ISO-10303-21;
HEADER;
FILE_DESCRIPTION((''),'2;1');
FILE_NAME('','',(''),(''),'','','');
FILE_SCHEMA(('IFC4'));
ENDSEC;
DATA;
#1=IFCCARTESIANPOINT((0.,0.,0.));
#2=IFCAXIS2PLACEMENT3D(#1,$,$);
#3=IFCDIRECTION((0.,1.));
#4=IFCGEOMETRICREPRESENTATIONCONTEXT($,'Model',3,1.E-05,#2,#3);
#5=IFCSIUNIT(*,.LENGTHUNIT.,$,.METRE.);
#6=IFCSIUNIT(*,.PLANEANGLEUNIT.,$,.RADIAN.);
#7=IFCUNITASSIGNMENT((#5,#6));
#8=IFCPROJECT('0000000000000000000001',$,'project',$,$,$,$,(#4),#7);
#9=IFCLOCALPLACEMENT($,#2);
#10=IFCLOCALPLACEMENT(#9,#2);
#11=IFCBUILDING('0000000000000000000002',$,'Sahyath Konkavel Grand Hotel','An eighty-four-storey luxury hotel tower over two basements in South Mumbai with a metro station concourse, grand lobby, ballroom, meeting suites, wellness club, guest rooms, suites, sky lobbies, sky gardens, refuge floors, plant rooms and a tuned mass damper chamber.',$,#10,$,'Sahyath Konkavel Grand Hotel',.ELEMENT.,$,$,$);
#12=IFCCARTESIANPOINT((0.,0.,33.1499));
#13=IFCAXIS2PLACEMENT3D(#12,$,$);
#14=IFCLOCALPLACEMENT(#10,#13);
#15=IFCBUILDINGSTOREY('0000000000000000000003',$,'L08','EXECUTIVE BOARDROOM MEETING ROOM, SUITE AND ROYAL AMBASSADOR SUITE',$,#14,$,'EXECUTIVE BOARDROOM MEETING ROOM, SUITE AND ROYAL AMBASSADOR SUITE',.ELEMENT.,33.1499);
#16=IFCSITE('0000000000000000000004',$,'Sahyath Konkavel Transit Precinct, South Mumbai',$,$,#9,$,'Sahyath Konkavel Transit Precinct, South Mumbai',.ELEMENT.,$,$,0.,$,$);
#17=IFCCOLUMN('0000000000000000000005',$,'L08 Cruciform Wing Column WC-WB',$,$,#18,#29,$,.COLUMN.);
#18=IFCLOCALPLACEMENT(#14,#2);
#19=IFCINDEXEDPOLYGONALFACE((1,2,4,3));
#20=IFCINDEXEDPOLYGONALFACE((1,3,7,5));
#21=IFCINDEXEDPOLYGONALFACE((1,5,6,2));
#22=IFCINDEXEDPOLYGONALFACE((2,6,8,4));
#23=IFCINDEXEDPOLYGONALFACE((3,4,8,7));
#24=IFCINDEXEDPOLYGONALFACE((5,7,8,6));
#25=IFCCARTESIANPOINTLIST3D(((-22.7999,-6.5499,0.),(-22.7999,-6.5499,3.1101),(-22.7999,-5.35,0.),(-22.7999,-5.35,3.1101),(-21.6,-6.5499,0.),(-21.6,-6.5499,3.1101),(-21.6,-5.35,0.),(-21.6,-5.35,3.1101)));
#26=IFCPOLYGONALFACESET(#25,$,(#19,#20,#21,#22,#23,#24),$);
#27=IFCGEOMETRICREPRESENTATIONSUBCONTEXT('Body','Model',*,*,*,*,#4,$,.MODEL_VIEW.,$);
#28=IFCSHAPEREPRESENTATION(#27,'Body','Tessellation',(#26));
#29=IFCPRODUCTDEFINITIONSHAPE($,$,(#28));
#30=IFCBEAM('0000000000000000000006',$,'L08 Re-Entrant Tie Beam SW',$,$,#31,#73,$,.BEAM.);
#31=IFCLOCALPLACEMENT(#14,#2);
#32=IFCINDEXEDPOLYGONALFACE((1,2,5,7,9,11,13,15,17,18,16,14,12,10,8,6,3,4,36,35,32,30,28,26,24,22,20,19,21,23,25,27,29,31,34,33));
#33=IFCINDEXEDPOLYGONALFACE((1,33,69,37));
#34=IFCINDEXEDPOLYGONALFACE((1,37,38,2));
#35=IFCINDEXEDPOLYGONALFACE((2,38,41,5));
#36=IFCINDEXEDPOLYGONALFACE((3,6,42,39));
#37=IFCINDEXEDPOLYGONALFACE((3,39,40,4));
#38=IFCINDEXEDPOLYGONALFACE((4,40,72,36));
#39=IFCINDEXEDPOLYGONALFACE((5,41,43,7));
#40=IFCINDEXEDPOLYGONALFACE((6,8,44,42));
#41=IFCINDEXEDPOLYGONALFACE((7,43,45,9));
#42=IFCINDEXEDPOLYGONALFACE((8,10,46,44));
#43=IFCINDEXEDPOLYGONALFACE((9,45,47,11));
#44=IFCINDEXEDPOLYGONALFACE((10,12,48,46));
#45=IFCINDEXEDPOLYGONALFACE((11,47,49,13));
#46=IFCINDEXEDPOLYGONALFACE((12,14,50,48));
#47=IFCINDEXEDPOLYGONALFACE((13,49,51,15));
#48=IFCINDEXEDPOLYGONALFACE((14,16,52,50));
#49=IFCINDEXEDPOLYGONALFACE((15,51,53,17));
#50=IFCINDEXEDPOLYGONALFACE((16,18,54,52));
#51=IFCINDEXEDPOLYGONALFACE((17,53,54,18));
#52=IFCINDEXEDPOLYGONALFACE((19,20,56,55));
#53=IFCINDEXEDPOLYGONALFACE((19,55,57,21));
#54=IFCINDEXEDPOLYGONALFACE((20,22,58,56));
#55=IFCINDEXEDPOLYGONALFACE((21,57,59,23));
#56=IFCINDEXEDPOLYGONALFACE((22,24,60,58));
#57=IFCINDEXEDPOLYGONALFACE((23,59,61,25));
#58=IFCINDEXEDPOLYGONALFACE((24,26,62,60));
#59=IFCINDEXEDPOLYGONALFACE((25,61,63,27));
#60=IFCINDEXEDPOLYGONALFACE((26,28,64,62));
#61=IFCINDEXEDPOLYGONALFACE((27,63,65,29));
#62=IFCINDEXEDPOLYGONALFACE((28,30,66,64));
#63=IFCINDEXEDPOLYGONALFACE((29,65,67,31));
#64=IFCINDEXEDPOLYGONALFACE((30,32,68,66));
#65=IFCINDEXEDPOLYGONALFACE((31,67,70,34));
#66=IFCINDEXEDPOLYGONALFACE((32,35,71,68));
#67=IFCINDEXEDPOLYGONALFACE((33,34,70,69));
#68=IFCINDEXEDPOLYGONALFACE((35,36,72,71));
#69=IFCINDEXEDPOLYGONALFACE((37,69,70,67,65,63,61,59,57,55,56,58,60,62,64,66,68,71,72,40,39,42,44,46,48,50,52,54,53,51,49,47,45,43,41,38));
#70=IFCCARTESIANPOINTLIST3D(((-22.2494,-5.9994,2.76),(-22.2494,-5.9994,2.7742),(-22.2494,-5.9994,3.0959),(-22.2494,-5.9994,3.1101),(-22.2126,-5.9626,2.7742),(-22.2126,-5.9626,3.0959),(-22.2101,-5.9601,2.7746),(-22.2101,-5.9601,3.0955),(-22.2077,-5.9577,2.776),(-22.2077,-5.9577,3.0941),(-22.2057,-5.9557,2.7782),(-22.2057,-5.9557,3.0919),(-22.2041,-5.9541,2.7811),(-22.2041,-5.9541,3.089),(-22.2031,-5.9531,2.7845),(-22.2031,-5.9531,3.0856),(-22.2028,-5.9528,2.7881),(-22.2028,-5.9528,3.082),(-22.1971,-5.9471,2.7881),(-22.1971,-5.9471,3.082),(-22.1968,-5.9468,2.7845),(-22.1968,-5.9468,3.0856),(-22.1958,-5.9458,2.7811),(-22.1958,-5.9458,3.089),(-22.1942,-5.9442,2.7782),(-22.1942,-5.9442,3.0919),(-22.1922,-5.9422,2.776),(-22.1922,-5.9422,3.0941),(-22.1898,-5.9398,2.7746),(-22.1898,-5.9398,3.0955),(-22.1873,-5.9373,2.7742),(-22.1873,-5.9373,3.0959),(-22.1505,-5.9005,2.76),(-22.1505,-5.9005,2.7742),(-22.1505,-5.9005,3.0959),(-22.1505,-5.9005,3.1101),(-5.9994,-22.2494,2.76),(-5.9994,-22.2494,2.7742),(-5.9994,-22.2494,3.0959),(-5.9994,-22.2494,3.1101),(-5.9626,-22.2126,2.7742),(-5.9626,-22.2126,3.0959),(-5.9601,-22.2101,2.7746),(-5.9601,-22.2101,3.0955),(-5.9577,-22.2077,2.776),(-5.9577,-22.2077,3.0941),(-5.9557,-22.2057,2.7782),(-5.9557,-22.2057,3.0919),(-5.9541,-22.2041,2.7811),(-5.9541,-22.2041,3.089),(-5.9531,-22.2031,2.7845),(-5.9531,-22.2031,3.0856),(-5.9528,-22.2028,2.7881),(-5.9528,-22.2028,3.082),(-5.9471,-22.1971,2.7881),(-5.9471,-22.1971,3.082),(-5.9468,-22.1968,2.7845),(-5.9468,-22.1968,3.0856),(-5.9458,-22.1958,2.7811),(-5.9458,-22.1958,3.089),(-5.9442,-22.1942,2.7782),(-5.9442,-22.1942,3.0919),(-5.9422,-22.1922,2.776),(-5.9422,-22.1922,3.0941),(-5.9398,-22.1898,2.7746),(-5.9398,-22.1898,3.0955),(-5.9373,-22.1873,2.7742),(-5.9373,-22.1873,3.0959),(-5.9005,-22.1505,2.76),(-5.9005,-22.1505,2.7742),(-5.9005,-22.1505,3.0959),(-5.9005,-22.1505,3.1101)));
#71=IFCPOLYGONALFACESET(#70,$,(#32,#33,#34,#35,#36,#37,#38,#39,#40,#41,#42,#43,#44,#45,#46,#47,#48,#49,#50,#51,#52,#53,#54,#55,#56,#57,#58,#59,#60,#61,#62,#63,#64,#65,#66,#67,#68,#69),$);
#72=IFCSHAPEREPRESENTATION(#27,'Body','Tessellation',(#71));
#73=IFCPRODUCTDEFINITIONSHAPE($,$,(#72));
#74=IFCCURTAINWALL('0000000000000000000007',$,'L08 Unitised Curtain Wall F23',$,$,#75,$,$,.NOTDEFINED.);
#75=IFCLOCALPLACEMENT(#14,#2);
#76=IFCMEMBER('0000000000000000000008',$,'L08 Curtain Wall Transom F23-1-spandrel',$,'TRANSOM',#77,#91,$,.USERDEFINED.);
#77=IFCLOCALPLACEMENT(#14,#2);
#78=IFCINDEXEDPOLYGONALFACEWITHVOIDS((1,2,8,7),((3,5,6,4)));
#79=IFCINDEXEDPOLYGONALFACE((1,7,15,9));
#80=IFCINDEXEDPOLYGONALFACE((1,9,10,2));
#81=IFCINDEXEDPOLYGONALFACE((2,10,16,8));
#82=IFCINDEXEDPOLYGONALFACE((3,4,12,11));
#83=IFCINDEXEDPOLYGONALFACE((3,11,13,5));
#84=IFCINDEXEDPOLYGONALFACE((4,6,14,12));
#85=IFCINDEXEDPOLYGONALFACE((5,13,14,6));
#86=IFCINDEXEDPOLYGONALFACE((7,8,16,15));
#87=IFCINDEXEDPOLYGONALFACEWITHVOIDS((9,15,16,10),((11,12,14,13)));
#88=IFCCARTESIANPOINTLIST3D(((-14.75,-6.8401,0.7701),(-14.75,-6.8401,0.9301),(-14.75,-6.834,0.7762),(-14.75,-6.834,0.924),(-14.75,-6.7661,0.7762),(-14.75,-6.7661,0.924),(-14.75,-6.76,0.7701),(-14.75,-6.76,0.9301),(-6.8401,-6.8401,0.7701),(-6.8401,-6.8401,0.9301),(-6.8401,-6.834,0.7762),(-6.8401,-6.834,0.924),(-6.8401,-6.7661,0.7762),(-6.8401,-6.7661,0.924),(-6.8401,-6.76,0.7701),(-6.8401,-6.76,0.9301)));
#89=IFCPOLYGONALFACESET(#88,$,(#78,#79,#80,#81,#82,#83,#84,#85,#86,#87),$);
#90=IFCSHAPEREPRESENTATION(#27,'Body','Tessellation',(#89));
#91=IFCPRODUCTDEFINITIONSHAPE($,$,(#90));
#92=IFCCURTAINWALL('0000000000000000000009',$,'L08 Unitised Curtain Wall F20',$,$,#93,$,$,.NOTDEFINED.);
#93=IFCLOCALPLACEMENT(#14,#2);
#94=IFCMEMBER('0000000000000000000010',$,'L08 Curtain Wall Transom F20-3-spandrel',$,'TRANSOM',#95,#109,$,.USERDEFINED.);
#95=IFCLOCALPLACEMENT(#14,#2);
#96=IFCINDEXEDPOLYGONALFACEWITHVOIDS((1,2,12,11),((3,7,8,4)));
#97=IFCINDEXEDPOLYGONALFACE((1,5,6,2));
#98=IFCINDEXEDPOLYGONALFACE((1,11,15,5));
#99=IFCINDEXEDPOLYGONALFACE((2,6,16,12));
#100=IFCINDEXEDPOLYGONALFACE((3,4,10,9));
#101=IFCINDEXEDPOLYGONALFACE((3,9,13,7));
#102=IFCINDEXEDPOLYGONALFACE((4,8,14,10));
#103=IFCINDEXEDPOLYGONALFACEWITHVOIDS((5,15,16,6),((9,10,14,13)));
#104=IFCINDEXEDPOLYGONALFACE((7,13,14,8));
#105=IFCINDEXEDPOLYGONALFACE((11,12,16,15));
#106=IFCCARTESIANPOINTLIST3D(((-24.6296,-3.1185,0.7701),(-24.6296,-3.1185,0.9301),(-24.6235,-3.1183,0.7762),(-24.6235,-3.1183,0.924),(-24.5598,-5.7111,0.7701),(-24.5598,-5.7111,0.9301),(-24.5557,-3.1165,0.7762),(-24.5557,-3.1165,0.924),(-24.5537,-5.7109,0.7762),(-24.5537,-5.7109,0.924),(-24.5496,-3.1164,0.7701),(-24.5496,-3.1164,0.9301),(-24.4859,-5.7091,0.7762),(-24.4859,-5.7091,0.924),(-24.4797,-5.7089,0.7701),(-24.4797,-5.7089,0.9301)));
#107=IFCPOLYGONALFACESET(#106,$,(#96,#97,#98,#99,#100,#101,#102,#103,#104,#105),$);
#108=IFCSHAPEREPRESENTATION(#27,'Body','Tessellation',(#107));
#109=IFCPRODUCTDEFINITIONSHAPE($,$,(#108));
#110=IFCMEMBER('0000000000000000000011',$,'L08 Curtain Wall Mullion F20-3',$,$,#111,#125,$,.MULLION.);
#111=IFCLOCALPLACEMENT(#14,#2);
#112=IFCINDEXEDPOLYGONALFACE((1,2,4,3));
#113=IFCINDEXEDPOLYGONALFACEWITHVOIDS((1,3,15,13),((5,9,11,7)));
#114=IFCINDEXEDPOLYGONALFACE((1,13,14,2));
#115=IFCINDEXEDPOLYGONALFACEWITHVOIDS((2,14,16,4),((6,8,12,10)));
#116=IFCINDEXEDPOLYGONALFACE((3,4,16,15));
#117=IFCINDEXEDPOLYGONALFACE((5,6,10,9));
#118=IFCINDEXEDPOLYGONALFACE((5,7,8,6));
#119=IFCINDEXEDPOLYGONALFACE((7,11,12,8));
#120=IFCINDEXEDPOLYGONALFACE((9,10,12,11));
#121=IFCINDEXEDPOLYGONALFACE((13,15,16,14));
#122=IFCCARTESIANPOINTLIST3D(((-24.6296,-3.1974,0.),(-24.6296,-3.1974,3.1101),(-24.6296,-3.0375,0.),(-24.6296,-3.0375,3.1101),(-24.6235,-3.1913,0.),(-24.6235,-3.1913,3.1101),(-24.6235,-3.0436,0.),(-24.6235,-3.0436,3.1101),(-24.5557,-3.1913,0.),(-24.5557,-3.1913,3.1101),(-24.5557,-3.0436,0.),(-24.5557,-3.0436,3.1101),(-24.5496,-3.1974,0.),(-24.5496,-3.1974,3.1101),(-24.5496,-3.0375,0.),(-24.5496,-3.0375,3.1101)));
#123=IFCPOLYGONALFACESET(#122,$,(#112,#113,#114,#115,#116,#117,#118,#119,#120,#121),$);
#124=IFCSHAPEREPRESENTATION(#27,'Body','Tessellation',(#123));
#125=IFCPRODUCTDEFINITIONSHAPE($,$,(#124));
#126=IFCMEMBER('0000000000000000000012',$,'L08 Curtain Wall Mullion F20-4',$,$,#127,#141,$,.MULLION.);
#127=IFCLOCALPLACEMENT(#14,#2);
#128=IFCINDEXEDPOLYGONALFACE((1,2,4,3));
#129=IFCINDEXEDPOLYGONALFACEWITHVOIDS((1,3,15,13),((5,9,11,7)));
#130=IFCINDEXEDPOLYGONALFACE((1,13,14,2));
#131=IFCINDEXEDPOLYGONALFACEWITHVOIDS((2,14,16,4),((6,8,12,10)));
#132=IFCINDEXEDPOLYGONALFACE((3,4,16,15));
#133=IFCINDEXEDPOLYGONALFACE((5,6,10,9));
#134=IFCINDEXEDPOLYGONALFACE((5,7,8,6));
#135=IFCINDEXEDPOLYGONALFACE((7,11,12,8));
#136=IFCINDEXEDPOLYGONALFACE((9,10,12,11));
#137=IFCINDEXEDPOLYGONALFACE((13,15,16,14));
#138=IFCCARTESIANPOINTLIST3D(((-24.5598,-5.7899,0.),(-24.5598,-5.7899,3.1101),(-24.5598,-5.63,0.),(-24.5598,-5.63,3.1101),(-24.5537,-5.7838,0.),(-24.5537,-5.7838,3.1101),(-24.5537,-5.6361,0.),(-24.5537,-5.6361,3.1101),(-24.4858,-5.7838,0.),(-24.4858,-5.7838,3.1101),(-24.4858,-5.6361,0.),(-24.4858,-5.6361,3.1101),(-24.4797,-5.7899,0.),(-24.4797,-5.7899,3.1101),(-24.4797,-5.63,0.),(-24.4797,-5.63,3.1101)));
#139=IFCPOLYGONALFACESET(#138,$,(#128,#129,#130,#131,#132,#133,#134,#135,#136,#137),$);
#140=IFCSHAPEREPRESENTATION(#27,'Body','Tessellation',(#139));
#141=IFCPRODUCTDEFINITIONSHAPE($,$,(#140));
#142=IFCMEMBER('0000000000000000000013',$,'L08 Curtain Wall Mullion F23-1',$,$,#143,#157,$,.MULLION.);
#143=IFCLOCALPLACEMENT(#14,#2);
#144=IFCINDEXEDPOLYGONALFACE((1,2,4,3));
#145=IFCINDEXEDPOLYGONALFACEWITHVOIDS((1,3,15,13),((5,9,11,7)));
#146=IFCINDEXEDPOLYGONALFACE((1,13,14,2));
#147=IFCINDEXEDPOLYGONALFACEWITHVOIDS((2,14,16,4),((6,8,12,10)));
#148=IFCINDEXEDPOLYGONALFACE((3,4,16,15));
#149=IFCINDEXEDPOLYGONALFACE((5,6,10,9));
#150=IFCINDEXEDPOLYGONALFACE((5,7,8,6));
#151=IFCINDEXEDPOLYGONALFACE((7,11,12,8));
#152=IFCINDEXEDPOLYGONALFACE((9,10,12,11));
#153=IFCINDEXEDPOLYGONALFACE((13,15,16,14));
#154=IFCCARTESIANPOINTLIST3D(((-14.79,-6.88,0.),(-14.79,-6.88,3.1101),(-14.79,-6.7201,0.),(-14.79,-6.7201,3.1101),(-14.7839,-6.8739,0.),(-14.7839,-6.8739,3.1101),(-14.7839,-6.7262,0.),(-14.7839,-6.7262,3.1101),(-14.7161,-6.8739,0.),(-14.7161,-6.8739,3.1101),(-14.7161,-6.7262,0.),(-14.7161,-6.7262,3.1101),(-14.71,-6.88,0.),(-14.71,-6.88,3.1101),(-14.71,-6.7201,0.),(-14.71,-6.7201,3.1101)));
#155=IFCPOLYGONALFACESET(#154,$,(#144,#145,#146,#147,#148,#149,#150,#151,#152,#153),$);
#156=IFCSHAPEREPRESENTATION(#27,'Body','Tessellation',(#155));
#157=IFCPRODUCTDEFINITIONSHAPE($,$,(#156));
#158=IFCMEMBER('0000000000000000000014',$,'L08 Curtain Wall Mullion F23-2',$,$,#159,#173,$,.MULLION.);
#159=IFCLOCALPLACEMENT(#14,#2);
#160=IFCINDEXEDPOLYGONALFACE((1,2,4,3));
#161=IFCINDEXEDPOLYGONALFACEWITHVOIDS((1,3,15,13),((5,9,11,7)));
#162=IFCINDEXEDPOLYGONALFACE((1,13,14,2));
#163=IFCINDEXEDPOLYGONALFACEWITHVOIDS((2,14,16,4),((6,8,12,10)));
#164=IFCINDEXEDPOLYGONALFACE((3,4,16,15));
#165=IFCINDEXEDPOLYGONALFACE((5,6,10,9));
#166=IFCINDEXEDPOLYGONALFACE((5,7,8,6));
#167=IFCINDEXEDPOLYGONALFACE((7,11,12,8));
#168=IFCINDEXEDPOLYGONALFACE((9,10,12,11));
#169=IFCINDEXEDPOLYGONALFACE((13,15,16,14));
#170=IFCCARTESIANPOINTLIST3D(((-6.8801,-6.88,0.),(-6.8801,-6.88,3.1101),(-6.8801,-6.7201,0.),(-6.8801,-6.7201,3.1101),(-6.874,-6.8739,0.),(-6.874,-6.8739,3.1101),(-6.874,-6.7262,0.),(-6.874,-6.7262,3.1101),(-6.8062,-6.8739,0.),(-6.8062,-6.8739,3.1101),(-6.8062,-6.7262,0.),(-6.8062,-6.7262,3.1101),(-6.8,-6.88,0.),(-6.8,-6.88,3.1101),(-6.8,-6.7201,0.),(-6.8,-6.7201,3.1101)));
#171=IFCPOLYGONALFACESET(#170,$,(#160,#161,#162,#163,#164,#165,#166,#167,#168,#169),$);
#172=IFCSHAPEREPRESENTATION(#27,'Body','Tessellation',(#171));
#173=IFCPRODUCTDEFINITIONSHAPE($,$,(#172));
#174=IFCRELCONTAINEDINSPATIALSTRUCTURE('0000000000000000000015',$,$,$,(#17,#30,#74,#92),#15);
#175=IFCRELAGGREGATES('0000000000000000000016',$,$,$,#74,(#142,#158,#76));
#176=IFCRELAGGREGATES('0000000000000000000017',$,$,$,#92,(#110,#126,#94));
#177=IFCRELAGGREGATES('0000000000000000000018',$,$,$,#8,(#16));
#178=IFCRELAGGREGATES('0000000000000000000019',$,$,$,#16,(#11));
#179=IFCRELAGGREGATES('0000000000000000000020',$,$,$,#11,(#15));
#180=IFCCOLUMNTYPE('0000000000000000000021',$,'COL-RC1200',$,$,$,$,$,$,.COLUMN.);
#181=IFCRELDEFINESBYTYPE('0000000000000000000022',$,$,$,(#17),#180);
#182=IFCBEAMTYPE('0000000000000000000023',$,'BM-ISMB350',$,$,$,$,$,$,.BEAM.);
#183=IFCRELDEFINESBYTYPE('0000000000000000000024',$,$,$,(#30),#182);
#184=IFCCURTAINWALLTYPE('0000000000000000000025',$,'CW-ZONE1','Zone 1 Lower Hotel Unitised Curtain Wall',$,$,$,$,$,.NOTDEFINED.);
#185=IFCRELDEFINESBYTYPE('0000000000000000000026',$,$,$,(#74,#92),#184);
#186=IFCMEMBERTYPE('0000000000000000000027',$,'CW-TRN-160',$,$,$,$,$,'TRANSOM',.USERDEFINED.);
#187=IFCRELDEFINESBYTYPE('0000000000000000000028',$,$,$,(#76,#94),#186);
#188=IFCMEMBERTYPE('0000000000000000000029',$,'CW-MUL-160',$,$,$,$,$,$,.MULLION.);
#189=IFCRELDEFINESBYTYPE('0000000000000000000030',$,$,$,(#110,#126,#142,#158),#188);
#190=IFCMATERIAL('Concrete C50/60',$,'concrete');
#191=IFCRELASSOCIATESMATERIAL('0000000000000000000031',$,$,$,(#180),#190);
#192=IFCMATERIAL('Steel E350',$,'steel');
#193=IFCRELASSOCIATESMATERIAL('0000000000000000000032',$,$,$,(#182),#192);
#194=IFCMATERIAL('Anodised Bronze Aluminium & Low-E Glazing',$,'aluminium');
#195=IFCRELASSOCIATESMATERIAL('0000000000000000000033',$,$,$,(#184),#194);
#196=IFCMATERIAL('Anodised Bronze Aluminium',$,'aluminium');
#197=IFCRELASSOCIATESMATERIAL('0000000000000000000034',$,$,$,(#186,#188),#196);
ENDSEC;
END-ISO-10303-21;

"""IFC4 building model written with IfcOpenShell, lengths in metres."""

from ifc_helpers import new_model, si_unit, direction, frame, origin, origin_2d, place, context, subcontext, project, spatial, rectangle, hollow_rectangle, i_section, extrude, source, transform, mapped, material, material_profile, profile_set, type_object, element, aggregate, save


model = new_model("IFC4")

# Units and contexts
model_context = context("Model", 3, precision=1e-05, world=origin(), true_north=direction((0.0, 1.0)))
body_context = subcontext(model_context, "Body", "Model", "MODEL_VIEW")
ifc_project = project(units=[si_unit("LENGTHUNIT", "METRE"), si_unit("PLANEANGLEUNIT", "RADIAN")], contexts=[model_context])

# Site, building, storey
site_placement = place(None, origin())
site = spatial("IfcSite", under=ifc_project, at=site_placement, Name="Sahyath Konkavel Transit Precinct, South Mumbai", LongName="Sahyath Konkavel Transit Precinct, South Mumbai", CompositionType="ELEMENT", RefElevation=0.0)
building_placement = place(site_placement, origin())
building = spatial("IfcBuilding", under=site, at=building_placement, Name="Sahyath Konkavel Grand Hotel", Description="An eighty-four-storey luxury hotel tower over two basements in South Mumbai with a metro station concourse, grand lobby, ballroom, meeting suites, wellness club, guest rooms, suites, sky lobbies, sky gardens, refuge floors, plant rooms and a tuned mass damper chamber.", LongName="Sahyath Konkavel Grand Hotel", CompositionType="ELEMENT")
storey_placement = place(building_placement, frame((0.0, 0.0, 33.1499)))
storey = spatial("IfcBuildingStorey", under=building, at=storey_placement, Name="L08", Description="EXECUTIVE BOARDROOM MEETING ROOM, SUITE AND ROYAL AMBASSADOR SUITE", LongName="EXECUTIVE BOARDROOM MEETING ROOM, SUITE AND ROYAL AMBASSADOR SUITE", CompositionType="ELEMENT", Elevation=33.1499)

# Column
ifc_material_1 = material(Name="Concrete C50/60", Category="concrete")
ifc_material_profile_1 = material_profile(ifc_material_1, rectangle(XDim=1.2, YDim=1.2, at=origin_2d()), Name="RC 1200x1200")
ifc_profile_set_1 = profile_set([ifc_material_profile_1], Name="Concrete C50/60")
column_type = type_object("IfcColumnType", Name="COL-RC1200", PredefinedType="COLUMN", material=ifc_profile_set_1)
shared_shape_1 = source(origin(), body_context, "Body", "SweptSolid", [
    extrude(rectangle(XDim=1.2, YDim=1.2, at=origin_2d()), origin(), (0.0, 0.0, 1.0), 3.1101),
])
column_placement = place(storey_placement, frame((-22.2, -5.95, 0.0), z_axis=(0.0, 0.0, 1.0), x_axis=(1.0, 0.0, 0.0)))
element("IfcColumn", 1, at=column_placement, inside=storey, type_object=column_type, Name="L08 Cruciform Wing Column WC-WB", PredefinedType="COLUMN", context=body_context, shape_type="MappedRepresentation", body=[
    mapped(shared_shape_1, transform((0.0, 0.0, 0.0), scale=1.0)),
])

# Beam
ifc_material_2 = material(Name="Steel E350", Category="steel")
ifc_material_profile_2 = material_profile(ifc_material_2, i_section(OverallWidth=0.1399, OverallDepth=0.3501, WebThickness=0.0081, FlangeThickness=0.0142, FilletRadius=0.0139, at=origin_2d()), Name="ISMB 350")
ifc_profile_set_2 = profile_set([ifc_material_profile_2], Name="Steel E350")
beam_type_1 = type_object("IfcBeamType", Name="BM-ISMB350", PredefinedType="BEAM", material=ifc_profile_set_2)
shared_shape_2 = source(origin(), body_context, "Body", "SweptSolid", [
    extrude(i_section(OverallWidth=0.1399, OverallDepth=0.3501, WebThickness=0.0081, FlangeThickness=0.0142, FilletRadius=0.0139, at=origin_2d()), origin(), (0.0, 0.0, 1.0), 22.981),
])
beam_1_placement = place(storey_placement, frame((-22.2, -5.95, 2.9351), z_axis=(0.707107, -0.707107, 0.0), x_axis=(0.707107, 0.707107, 0.0)))
element("IfcBeam", 2, at=beam_1_placement, inside=storey, type_object=beam_type_1, Name="L08 Re-Entrant Tie Beam SW", PredefinedType="BEAM", context=body_context, shape_type="MappedRepresentation", body=[
    mapped(shared_shape_2, transform((0.0, 0.0, 0.0), scale=1.0)),
])

# Curtain wall, member
ifc_material_3 = material(Name="Anodised Bronze Aluminium & Low-E Glazing", Category="aluminium")
curtain_wall_type = type_object("IfcCurtainWallType", Name="CW-ZONE1", Description="Zone 1 Lower Hotel Unitised Curtain Wall", PredefinedType="NOTDEFINED", material=ifc_material_3)
curtain_wall_1_placement = place(storey_placement, origin())
curtain_wall_1 = element("IfcCurtainWall", 3, at=curtain_wall_1_placement, inside=storey, type_object=curtain_wall_type, Name="L08 Unitised Curtain Wall F23", PredefinedType="NOTDEFINED")
ifc_material_4 = material(Name="Anodised Bronze Aluminium", Category="aluminium")
ifc_material_profile_3 = material_profile(ifc_material_4, hollow_rectangle(XDim=0.0801, YDim=0.1599, WallThickness=0.0061, at=origin_2d()), Name="RHS 160x80x6")
ifc_profile_set_3 = profile_set([ifc_material_profile_3], Name="Anodised Bronze Aluminium")
member_type_1 = type_object("IfcMemberType", Name="CW-TRN-160", ElementType="TRANSOM", PredefinedType="USERDEFINED", material=ifc_profile_set_3)
shared_shape_3 = source(origin(), body_context, "Body", "SweptSolid", [
    extrude(hollow_rectangle(XDim=0.0801, YDim=0.1599, WallThickness=0.0061, at=origin_2d()), origin(), (0.0, 0.0, 1.0), 7.9099),
])
member_1_placement = place(storey_placement, frame((-14.75, -6.8, 0.8501), z_axis=(1.0, 0.0, 0.0), x_axis=(0.0, 1.0, 0.0)))
member_1 = element("IfcMember", 4, at=member_1_placement, type_object=member_type_1, Name="L08 Curtain Wall Transom F23-1-spandrel", ObjectType="TRANSOM", PredefinedType="USERDEFINED", context=body_context, shape_type="MappedRepresentation", body=[
    mapped(shared_shape_3, transform((0.0, 0.0, 0.0), scale=1.0)),
])

# Curtain wall, members
curtain_wall_2_placement = place(storey_placement, origin())
curtain_wall_2 = element("IfcCurtainWall", 5, at=curtain_wall_2_placement, inside=storey, type_object=curtain_wall_type, Name="L08 Unitised Curtain Wall F20", PredefinedType="NOTDEFINED")
shared_shape_4 = source(origin(), body_context, "Body", "SweptSolid", [
    extrude(hollow_rectangle(XDim=0.0801, YDim=0.1599, WallThickness=0.0061, at=origin_2d()), origin(), (0.0, 0.0, 1.0), 2.5935),
])
member_2_placement = place(storey_placement, frame((-24.5896, -3.1174, 0.8501), z_axis=(0.026923, -0.999638, 0.0), x_axis=(0.999638, 0.026923, 0.0)))
member_2 = element("IfcMember", 6, at=member_2_placement, type_object=member_type_1, Name="L08 Curtain Wall Transom F20-3-spandrel", ObjectType="TRANSOM", PredefinedType="USERDEFINED", context=body_context, shape_type="MappedRepresentation", body=[
    mapped(shared_shape_4, transform((0.0, 0.0, 0.0), scale=1.0)),
])
ifc_material_profile_4 = material_profile(ifc_material_4, hollow_rectangle(XDim=0.0801, YDim=0.1599, WallThickness=0.0061, at=origin_2d()), Name="RHS 160x80x6")
ifc_profile_set_4 = profile_set([ifc_material_profile_4], Name="Anodised Bronze Aluminium")
member_type_2 = type_object("IfcMemberType", Name="CW-MUL-160", PredefinedType="MULLION", material=ifc_profile_set_4)
shared_shape_5 = source(origin(), body_context, "Body", "SweptSolid", [
    extrude(hollow_rectangle(XDim=0.0801, YDim=0.1599, WallThickness=0.0061, at=origin_2d()), origin(), (0.0, 0.0, 1.0), 3.1101),
])
member_3_placement = place(storey_placement, frame((-24.5896, -3.1174, 0.0), z_axis=(0.0, 0.0, 1.0), x_axis=(1.0, 0.0, 0.0)))
member_3 = element("IfcMember", 7, at=member_3_placement, type_object=member_type_2, Name="L08 Curtain Wall Mullion F20-3", PredefinedType="MULLION", context=body_context, shape_type="MappedRepresentation", body=[
    mapped(shared_shape_5, transform((0.0, 0.0, 0.0), scale=1.0)),
])
member_4_placement = place(storey_placement, frame((-24.5198, -5.71, 0.0), z_axis=(0.0, 0.0, 1.0), x_axis=(1.0, 0.0, 0.0)))
member_4 = element("IfcMember", 8, at=member_4_placement, type_object=member_type_2, Name="L08 Curtain Wall Mullion F20-4", PredefinedType="MULLION", context=body_context, shape_type="MappedRepresentation", body=[
    mapped(shared_shape_5, transform((0.0, 0.0, 0.0), scale=1.0)),
])

# Members
member_5_placement = place(storey_placement, frame((-14.75, -6.8, 0.0), z_axis=(0.0, 0.0, 1.0), x_axis=(1.0, 0.0, 0.0)))
member_5 = element("IfcMember", 9, at=member_5_placement, type_object=member_type_2, Name="L08 Curtain Wall Mullion F23-1", PredefinedType="MULLION", context=body_context, shape_type="MappedRepresentation", body=[
    mapped(shared_shape_5, transform((0.0, 0.0, 0.0), scale=1.0)),
])
member_6_placement = place(storey_placement, frame((-6.8401, -6.8, 0.0), z_axis=(0.0, 0.0, 1.0), x_axis=(1.0, 0.0, 0.0)))
member_6 = element("IfcMember", 10, at=member_6_placement, type_object=member_type_2, Name="L08 Curtain Wall Mullion F23-2", PredefinedType="MULLION", context=body_context, shape_type="MappedRepresentation", body=[
    mapped(shared_shape_5, transform((0.0, 0.0, 0.0), scale=1.0)),
])

aggregate(curtain_wall_1, [member_5, member_6, member_1])
aggregate(curtain_wall_2, [member_3, member_4, member_2])

save(model, "model.ifc")
